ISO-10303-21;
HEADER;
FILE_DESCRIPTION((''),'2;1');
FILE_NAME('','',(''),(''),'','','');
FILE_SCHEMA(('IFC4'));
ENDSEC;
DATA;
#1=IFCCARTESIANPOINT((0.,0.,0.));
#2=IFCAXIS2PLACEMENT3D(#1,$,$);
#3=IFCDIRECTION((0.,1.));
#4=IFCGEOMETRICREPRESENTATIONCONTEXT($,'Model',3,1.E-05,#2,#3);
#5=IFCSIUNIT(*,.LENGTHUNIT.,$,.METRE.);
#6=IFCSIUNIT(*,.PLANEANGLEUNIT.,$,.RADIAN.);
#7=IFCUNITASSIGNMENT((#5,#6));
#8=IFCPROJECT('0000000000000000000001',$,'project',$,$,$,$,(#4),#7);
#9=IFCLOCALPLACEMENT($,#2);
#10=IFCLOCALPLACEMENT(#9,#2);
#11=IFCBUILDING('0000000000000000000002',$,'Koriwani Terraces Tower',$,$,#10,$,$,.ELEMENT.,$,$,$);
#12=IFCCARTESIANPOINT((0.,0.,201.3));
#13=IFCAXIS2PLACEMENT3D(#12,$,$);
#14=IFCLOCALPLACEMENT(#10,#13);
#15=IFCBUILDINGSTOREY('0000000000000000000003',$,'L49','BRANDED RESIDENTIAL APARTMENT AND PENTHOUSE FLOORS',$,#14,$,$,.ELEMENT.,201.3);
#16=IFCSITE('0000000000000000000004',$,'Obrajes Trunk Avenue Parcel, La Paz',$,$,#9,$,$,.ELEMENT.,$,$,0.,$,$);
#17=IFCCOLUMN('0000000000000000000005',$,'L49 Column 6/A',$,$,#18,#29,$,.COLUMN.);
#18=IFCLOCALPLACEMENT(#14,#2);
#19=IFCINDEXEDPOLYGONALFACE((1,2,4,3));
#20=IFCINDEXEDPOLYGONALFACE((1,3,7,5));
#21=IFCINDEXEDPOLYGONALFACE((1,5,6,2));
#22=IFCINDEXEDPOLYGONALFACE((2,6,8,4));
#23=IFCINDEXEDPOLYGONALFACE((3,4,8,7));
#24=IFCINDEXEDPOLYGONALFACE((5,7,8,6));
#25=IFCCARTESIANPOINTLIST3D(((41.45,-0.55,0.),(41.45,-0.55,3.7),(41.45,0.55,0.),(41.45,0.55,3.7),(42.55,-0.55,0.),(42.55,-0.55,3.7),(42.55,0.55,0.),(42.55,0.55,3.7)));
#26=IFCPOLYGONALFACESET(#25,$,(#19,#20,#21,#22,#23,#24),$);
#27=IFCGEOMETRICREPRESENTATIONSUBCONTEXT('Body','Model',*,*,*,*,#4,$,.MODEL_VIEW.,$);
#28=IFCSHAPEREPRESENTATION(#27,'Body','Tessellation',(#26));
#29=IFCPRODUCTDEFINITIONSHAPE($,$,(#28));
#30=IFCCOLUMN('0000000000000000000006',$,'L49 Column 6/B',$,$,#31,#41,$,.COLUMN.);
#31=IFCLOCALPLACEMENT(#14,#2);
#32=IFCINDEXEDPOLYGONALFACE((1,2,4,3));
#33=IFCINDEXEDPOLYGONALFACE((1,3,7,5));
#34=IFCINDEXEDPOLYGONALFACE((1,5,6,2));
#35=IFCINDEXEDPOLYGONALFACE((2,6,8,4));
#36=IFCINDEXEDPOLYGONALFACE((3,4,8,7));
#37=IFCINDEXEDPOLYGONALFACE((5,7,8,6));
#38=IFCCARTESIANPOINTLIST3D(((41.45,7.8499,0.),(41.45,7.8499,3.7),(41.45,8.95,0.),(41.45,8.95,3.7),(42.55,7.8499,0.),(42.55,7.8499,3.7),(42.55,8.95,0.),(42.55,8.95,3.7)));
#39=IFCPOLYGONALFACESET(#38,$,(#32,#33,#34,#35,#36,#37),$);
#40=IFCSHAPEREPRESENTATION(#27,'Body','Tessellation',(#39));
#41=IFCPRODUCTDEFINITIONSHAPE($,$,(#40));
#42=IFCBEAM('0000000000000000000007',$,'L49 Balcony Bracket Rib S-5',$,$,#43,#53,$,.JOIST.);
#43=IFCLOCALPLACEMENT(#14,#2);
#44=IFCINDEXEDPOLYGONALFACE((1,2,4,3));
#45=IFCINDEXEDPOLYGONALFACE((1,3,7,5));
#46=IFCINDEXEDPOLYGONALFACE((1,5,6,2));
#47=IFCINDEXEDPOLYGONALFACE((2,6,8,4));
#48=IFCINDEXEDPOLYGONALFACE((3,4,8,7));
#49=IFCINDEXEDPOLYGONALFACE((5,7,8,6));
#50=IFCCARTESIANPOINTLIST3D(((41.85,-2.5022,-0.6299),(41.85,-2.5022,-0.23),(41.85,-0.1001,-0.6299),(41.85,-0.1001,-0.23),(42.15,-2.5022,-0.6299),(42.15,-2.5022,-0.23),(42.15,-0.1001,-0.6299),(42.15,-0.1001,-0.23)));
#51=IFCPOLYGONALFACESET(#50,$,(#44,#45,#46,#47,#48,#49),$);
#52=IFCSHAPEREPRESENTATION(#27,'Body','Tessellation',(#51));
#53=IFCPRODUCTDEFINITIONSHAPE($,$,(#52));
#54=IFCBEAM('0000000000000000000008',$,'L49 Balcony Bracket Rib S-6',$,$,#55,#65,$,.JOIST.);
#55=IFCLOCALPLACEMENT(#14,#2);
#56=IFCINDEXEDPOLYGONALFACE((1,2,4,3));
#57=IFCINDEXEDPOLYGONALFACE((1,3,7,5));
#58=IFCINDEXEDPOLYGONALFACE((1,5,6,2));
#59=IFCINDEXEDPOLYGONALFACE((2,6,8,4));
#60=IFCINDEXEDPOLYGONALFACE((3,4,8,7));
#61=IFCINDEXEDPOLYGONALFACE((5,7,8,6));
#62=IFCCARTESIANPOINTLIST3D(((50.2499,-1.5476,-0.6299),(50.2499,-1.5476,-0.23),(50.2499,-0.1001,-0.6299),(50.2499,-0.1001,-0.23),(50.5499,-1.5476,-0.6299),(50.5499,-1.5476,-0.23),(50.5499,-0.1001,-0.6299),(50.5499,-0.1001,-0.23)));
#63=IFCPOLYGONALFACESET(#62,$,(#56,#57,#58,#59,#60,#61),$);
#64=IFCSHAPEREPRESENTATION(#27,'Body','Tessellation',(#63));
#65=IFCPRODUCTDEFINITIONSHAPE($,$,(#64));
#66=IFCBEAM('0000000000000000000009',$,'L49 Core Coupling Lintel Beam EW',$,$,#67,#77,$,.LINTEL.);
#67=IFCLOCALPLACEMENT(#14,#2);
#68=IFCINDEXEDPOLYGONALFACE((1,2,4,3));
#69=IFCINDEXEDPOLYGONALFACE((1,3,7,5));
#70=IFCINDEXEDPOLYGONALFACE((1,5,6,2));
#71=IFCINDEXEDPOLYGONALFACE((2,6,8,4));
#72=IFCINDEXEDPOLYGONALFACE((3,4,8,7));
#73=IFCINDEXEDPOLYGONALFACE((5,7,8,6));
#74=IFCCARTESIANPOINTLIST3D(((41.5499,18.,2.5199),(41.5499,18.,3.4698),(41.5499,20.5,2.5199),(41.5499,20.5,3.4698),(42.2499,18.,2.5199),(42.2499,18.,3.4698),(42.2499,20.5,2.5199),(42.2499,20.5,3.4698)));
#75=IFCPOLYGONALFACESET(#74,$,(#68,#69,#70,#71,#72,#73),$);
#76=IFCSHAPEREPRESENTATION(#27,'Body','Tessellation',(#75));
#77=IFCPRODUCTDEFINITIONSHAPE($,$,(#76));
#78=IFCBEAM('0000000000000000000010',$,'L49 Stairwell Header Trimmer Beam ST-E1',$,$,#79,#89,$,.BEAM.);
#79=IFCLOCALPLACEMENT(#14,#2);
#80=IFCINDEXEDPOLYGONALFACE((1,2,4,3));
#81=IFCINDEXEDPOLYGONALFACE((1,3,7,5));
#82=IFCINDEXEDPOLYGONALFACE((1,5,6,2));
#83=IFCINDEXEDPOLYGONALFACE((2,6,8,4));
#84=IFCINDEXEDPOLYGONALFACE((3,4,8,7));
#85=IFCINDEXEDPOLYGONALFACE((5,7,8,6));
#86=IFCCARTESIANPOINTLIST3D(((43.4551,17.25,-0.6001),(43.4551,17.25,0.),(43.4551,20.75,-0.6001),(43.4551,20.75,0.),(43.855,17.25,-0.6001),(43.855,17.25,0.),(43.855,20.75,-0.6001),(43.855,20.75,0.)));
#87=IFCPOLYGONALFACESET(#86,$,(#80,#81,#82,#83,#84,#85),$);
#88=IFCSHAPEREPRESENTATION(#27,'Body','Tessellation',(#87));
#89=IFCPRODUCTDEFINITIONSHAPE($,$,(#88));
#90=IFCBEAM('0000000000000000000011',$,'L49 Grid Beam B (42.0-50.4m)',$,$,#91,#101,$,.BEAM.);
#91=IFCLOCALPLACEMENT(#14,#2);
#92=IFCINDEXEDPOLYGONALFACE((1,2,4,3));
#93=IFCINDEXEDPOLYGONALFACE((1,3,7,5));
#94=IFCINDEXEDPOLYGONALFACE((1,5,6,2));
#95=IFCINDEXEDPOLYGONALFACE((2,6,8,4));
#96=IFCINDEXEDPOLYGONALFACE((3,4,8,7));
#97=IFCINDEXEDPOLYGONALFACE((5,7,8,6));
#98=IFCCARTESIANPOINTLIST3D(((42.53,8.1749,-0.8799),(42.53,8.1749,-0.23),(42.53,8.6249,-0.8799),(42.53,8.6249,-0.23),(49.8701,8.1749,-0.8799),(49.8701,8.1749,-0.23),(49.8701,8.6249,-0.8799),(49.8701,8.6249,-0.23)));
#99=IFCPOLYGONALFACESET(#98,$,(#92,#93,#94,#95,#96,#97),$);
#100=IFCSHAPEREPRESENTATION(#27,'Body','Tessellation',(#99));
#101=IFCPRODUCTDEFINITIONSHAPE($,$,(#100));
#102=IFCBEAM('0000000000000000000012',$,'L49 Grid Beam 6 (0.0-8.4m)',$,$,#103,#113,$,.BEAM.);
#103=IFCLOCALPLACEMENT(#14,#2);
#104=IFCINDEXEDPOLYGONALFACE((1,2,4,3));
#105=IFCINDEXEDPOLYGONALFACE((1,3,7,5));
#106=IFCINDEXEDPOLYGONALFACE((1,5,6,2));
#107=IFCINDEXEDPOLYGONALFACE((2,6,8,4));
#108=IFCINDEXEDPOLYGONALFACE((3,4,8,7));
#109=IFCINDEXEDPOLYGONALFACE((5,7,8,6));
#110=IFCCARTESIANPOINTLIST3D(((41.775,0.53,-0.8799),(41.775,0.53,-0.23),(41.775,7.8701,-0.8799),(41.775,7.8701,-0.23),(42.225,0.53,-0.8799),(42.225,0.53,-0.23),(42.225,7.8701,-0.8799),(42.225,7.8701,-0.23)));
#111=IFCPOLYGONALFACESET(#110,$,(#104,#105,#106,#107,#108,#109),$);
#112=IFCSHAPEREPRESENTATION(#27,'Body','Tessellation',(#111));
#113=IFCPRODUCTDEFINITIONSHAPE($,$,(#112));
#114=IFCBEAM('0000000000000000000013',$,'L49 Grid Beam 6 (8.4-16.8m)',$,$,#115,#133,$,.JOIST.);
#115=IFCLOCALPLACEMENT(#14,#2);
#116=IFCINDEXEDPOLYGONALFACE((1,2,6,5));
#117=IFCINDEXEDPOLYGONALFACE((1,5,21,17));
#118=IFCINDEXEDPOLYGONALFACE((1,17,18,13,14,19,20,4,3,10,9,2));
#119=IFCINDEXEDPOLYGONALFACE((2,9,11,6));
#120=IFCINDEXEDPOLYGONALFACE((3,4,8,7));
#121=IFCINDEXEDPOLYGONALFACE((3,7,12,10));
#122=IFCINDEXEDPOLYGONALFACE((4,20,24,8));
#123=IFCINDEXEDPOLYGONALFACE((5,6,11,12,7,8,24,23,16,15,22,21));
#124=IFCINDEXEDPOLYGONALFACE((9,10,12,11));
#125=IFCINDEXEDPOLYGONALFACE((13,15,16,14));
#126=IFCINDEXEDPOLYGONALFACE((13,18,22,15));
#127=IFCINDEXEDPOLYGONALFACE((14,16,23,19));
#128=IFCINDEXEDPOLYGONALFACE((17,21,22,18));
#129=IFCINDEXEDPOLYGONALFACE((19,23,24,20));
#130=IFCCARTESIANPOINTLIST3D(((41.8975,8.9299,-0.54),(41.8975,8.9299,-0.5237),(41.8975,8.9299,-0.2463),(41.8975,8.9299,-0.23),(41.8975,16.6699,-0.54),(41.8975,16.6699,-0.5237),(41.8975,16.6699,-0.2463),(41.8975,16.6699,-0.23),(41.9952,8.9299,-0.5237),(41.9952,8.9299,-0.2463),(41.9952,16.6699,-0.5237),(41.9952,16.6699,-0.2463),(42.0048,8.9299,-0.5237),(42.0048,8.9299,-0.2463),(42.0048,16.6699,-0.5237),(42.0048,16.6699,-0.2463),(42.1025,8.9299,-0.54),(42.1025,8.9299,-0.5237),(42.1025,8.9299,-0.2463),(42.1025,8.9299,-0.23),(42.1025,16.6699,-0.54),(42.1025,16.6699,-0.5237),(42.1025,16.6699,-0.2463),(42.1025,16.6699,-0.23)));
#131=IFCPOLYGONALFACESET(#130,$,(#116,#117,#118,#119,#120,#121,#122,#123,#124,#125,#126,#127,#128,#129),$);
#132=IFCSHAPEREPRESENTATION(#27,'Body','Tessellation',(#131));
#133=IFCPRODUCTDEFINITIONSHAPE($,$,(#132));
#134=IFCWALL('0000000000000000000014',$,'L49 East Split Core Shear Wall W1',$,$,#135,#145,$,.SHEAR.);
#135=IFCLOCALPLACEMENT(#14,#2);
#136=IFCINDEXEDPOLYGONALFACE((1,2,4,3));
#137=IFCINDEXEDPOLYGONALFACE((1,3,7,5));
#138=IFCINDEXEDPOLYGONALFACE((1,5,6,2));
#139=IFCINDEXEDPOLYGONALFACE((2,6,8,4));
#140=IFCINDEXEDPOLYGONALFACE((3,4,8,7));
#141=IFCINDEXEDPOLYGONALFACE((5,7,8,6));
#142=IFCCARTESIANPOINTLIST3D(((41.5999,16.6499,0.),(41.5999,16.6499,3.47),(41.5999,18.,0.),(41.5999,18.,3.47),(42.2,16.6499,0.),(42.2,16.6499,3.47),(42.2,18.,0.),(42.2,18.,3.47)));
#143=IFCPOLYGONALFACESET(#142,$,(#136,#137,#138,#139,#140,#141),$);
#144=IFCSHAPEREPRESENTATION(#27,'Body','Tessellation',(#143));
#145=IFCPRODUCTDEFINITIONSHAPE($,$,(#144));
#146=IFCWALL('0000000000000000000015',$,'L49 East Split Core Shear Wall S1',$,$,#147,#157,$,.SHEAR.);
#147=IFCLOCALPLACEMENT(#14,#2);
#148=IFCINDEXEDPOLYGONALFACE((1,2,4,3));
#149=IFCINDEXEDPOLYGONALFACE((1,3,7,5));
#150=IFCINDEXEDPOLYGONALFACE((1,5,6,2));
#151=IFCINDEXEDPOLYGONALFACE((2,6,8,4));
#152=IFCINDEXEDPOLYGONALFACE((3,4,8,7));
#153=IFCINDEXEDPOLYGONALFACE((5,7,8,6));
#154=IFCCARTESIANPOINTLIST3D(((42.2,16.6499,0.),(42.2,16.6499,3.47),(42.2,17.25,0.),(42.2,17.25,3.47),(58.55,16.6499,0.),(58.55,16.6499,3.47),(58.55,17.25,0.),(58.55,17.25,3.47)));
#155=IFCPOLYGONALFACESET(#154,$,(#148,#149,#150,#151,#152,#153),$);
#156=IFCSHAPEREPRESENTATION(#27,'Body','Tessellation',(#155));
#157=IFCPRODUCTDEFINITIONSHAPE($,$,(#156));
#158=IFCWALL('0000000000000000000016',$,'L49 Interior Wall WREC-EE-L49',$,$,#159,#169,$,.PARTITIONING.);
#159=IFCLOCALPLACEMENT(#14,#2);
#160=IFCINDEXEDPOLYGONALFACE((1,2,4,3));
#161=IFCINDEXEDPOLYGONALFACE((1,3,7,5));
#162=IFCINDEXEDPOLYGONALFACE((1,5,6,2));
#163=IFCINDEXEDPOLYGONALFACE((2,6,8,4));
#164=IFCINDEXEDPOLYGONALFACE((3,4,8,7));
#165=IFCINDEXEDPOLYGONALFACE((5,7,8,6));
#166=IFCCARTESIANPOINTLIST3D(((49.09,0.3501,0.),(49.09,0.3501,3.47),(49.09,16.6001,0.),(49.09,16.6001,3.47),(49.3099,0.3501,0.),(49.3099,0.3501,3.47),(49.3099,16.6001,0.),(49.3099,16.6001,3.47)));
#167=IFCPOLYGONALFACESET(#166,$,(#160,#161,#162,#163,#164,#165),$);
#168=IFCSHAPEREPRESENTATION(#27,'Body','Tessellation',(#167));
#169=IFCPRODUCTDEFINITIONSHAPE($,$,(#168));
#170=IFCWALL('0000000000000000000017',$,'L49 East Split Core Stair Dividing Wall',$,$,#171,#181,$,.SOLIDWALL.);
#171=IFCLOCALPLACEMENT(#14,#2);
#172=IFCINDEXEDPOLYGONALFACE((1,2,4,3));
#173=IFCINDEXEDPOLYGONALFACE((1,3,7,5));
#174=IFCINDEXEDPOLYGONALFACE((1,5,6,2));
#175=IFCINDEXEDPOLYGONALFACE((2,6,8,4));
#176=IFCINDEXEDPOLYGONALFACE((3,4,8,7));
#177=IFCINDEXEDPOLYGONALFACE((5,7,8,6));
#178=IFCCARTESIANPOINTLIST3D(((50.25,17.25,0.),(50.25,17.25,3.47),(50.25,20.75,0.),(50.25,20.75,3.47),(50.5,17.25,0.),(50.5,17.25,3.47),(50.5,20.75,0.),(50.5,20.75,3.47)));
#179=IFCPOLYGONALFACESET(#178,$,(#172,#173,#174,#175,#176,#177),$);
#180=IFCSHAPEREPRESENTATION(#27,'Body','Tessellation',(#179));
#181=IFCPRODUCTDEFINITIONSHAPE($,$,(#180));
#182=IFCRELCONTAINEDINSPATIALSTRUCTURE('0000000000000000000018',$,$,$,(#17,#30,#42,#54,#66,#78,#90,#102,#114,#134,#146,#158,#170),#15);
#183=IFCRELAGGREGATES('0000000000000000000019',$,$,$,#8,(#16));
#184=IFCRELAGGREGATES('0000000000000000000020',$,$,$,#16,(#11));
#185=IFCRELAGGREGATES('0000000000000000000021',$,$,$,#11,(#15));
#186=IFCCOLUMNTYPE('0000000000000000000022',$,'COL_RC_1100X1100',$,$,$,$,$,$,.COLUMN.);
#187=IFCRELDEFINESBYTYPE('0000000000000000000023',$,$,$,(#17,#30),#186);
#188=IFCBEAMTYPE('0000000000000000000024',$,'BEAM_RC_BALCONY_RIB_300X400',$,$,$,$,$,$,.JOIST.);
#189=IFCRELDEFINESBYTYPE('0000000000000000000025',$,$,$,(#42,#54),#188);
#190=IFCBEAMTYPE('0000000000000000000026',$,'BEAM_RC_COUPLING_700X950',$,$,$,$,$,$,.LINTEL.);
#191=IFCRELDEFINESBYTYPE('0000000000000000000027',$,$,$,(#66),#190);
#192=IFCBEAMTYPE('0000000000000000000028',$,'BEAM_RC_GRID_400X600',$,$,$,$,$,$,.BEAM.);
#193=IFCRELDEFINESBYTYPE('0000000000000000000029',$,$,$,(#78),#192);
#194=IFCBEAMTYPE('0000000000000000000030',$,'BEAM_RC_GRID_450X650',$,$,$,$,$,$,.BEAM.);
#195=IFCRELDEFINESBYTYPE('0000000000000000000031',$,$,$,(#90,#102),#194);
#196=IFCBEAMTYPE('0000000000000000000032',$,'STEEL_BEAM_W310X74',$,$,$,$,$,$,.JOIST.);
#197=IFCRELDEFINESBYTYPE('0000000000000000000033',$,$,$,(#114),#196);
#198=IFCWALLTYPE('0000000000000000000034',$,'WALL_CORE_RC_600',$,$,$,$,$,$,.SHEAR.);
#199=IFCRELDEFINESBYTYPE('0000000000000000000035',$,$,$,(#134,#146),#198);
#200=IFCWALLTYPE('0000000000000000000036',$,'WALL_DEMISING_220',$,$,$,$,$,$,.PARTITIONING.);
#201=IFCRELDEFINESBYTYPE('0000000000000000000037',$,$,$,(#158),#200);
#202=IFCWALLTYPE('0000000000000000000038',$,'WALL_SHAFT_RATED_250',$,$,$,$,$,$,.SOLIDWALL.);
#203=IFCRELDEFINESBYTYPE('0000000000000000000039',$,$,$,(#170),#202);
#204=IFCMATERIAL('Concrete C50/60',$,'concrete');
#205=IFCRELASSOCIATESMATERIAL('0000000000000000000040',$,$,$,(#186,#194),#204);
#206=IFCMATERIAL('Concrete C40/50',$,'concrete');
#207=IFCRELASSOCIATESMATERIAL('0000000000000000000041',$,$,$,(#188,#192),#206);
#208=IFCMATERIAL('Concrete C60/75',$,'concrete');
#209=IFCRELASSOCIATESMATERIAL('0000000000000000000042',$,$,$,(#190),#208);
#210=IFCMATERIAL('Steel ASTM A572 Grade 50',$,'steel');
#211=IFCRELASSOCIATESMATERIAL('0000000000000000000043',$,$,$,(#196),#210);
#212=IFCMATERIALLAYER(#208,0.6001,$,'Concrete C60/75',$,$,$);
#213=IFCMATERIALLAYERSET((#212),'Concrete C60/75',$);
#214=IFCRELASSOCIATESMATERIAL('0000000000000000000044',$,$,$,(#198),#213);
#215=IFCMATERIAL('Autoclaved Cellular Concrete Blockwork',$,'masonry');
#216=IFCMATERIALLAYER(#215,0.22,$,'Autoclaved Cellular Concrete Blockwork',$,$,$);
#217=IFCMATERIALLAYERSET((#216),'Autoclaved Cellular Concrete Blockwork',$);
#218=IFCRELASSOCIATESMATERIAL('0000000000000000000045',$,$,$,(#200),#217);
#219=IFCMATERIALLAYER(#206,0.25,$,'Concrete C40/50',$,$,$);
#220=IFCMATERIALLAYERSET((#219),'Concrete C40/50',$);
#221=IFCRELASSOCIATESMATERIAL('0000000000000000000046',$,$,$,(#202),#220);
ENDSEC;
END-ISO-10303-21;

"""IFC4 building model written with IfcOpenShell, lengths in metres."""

from ifc_helpers import new_model, si_unit, direction, frame, frame_2d, origin, origin_2d, place, context, subcontext, project, spatial, rectangle, i_section, extrude, material, layer, layer_set, material_profile, profile_set, type_object, element, save


model = new_model("IFC4")

# Units and contexts
model_context = context("Model", 3, precision=1e-05, world=origin(), true_north=direction((0.0, 1.0)))
body_context = subcontext(model_context, "Body", "Model", "MODEL_VIEW")
ifc_project = project(units=[si_unit("LENGTHUNIT", "METRE"), si_unit("PLANEANGLEUNIT", "RADIAN")], contexts=[model_context])

# Site, building, storey
site_placement = place(None, origin())
site = spatial("IfcSite", under=ifc_project, at=site_placement, Name="Obrajes Trunk Avenue Parcel, La Paz", CompositionType="ELEMENT", RefElevation=0.0)
building_placement = place(site_placement, origin())
building = spatial("IfcBuilding", under=site, at=building_placement, Name="Koriwani Terraces Tower", CompositionType="ELEMENT")
storey_placement = place(building_placement, frame((0.0, 0.0, 201.3)))
storey = spatial("IfcBuildingStorey", under=building, at=storey_placement, Name="L49", Description="BRANDED RESIDENTIAL APARTMENT AND PENTHOUSE FLOORS", CompositionType="ELEMENT", Elevation=201.3)

# Columns
ifc_material_1 = material(Name="Concrete C50/60", Category="concrete")
ifc_material_profile_1 = material_profile(ifc_material_1, rectangle(XDim=1.1001, YDim=1.1001, at=origin_2d()), Name="Concrete C50/60", Category="LoadBearing")
ifc_profile_set_1 = profile_set([ifc_material_profile_1], Name="Concrete C50/60")
column_type = type_object("IfcColumnType", Name="COL_RC_1100X1100", PredefinedType="COLUMN", material=ifc_profile_set_1)
for number, where, z_axis, x_axis, name in (
    (1, (42.0, 0.0, 0.0), (0.0, 0.0, 1.0), (1.0, 0.0, 0.0), "L49 Column 6/A"),
    (2, (42.0, 8.3999, 0.0), (0.0, 0.0, 1.0), (1.0, 0.0, 0.0), "L49 Column 6/B"),
):
    element("IfcColumn", number, at=place(storey_placement, frame(where, z_axis=z_axis, x_axis=x_axis)), inside=storey, type_object=column_type, Name=name, PredefinedType="COLUMN", context=body_context, shape_type="SweptSolid", body=[
        extrude(rectangle(XDim=1.1001, YDim=1.1001, at=origin_2d()), origin(), (0.0, 0.0, 1.0), 3.7),
    ])

# Beams
ifc_material_2 = material(Name="Concrete C40/50", Category="concrete")
ifc_material_profile_2 = material_profile(ifc_material_2, rectangle(XDim=0.3, YDim=0.3999, at=origin_2d()), Name="Concrete C40/50", Category="LoadBearing")
ifc_profile_set_2 = profile_set([ifc_material_profile_2], Name="Concrete C40/50")
beam_type_1 = type_object("IfcBeamType", Name="BEAM_RC_BALCONY_RIB_300X400", PredefinedType="JOIST", material=ifc_profile_set_2)
beam_1_placement = place(storey_placement, frame((42.0, -2.5022, -0.4299), z_axis=(0.0, 1.0, 0.0), x_axis=(-1.0, 0.0, 0.0)))
element("IfcBeam", 3, at=beam_1_placement, inside=storey, type_object=beam_type_1, Name="L49 Balcony Bracket Rib S-5", PredefinedType="JOIST", context=body_context, shape_type="SweptSolid", body=[
    extrude(rectangle(XDim=0.3, YDim=0.3999, at=origin_2d()), origin(), (0.0, 0.0, 1.0), 2.4021),
])
beam_2_placement = place(storey_placement, frame((50.3999, -1.5476, -0.4299), z_axis=(0.0, 1.0, 0.0), x_axis=(-1.0, 0.0, 0.0)))
element("IfcBeam", 4, at=beam_2_placement, inside=storey, type_object=beam_type_1, Name="L49 Balcony Bracket Rib S-6", PredefinedType="JOIST", context=body_context, shape_type="SweptSolid", body=[
    extrude(rectangle(XDim=0.3, YDim=0.3999, at=origin_2d()), origin(), (0.0, 0.0, 1.0), 1.4475),
])
ifc_material_3 = material(Name="Concrete C60/75", Category="concrete")
ifc_material_profile_3 = material_profile(ifc_material_3, rectangle(XDim=0.7, YDim=0.95, at=origin_2d()), Name="Concrete C60/75", Category="LoadBearing")
ifc_profile_set_3 = profile_set([ifc_material_profile_3], Name="Concrete C60/75")
beam_type_2 = type_object("IfcBeamType", Name="BEAM_RC_COUPLING_700X950", PredefinedType="LINTEL", material=ifc_profile_set_3)
beam_3_placement = place(storey_placement, frame((41.8999, 18.0, 2.9949), z_axis=(0.0, 1.0, 0.0), x_axis=(-1.0, 0.0, 0.0)))
element("IfcBeam", 5, at=beam_3_placement, inside=storey, type_object=beam_type_2, Name="L49 Core Coupling Lintel Beam EW", PredefinedType="LINTEL", context=body_context, shape_type="SweptSolid", body=[
    extrude(rectangle(XDim=0.7, YDim=0.95, at=origin_2d()), origin(), (0.0, 0.0, 1.0), 2.5),
])
ifc_material_profile_4 = material_profile(ifc_material_2, rectangle(XDim=0.3999, YDim=0.6001, at=origin_2d()), Name="Concrete C40/50", Category="LoadBearing")
ifc_profile_set_4 = profile_set([ifc_material_profile_4], Name="Concrete C40/50")
beam_type_3 = type_object("IfcBeamType", Name="BEAM_RC_GRID_400X600", PredefinedType="BEAM", material=ifc_profile_set_4)
beam_4_placement = place(storey_placement, frame((43.655, 17.25, -0.3), z_axis=(0.0, 1.0, 0.0), x_axis=(-1.0, 0.0, 0.0)))
element("IfcBeam", 6, at=beam_4_placement, inside=storey, type_object=beam_type_3, Name="L49 Stairwell Header Trimmer Beam ST-E1", PredefinedType="BEAM", context=body_context, shape_type="SweptSolid", body=[
    extrude(rectangle(XDim=0.3999, YDim=0.6001, at=origin_2d()), origin(), (0.0, 0.0, 1.0), 3.5),
])
ifc_material_profile_5 = material_profile(ifc_material_1, rectangle(XDim=0.45, YDim=0.6499, at=origin_2d()), Name="Concrete C50/60", Category="LoadBearing")
ifc_profile_set_5 = profile_set([ifc_material_profile_5], Name="Concrete C50/60")
beam_type_4 = type_object("IfcBeamType", Name="BEAM_RC_GRID_450X650", PredefinedType="BEAM", material=ifc_profile_set_5)
for number, where, z_axis, x_axis, name in (
    (7, (42.53, 8.3999, -0.5549), (1.0, 0.0, 0.0), (0.0, 1.0, 0.0), "L49 Grid Beam B (42.0-50.4m)"),
    (8, (42.0, 0.53, -0.5549), (0.0, 1.0, 0.0), (-1.0, 0.0, 0.0), "L49 Grid Beam 6 (0.0-8.4m)"),
):
    element("IfcBeam", number, at=place(storey_placement, frame(where, z_axis=z_axis, x_axis=x_axis)), inside=storey, type_object=beam_type_4, Name=name, PredefinedType="BEAM", context=body_context, shape_type="SweptSolid", body=[
        extrude(rectangle(XDim=0.45, YDim=0.6499, at=origin_2d()), origin(), (0.0, 0.0, 1.0), 7.3401),
    ])
ifc_material_4 = material(Name="Steel ASTM A572 Grade 50", Category="steel")
ifc_material_profile_6 = material_profile(ifc_material_4, i_section(OverallWidth=0.2051, OverallDepth=0.3101, WebThickness=0.0095, FlangeThickness=0.0164, at=origin_2d()), Name="Steel ASTM A572 Grade 50", Category="LoadBearing")
ifc_profile_set_6 = profile_set([ifc_material_profile_6], Name="Steel ASTM A572 Grade 50")
beam_type_5 = type_object("IfcBeamType", Name="STEEL_BEAM_W310X74", PredefinedType="JOIST", material=ifc_profile_set_6)
beam_5_placement = place(storey_placement, frame((42.0, 8.9299, -0.385), z_axis=(0.0, 1.0, 0.0), x_axis=(-1.0, 0.0, 0.0)))
element("IfcBeam", 9, at=beam_5_placement, inside=storey, type_object=beam_type_5, Name="L49 Grid Beam 6 (8.4-16.8m)", PredefinedType="JOIST", context=body_context, shape_type="SweptSolid", body=[
    extrude(i_section(OverallWidth=0.2051, OverallDepth=0.3101, WebThickness=0.0095, FlangeThickness=0.0164, at=origin_2d()), origin(), (0.0, 0.0, 1.0), 7.74),
])

# Walls
ifc_layer_1 = layer(ifc_material_3, 0.6001, Name="Concrete C60/75")
ifc_layer_set_1 = layer_set([ifc_layer_1], Name="Concrete C60/75")
wall_type_1 = type_object("IfcWallType", Name="WALL_CORE_RC_600", PredefinedType="SHEAR", material=ifc_layer_set_1)
wall_1_placement = place(storey_placement, frame((41.8999, 16.6499, 0.0), z_axis=(0.0, 0.0, 1.0), x_axis=(0.0, 1.0, 0.0)))
element("IfcWall", 10, at=wall_1_placement, inside=storey, type_object=wall_type_1, Name="L49 East Split Core Shear Wall W1", PredefinedType="SHEAR", context=body_context, shape_type="SweptSolid", body=[
    extrude(rectangle(XDim=1.3501, YDim=0.6001, at=frame_2d((0.675, 0.0))), origin(), (0.0, 0.0, 1.0), 3.47),
])
wall_2_placement = place(storey_placement, frame((42.2, 16.95, 0.0), z_axis=(0.0, 0.0, 1.0), x_axis=(1.0, 0.0, 0.0)))
element("IfcWall", 11, at=wall_2_placement, inside=storey, type_object=wall_type_1, Name="L49 East Split Core Shear Wall S1", PredefinedType="SHEAR", context=body_context, shape_type="SweptSolid", body=[
    extrude(rectangle(XDim=16.3501, YDim=0.6001, at=frame_2d((8.175, 0.0))), origin(), (0.0, 0.0, 1.0), 3.47),
])
ifc_material_5 = material(Name="Autoclaved Cellular Concrete Blockwork", Category="masonry")
ifc_layer_2 = layer(ifc_material_5, 0.22, Name="Autoclaved Cellular Concrete Blockwork")
ifc_layer_set_2 = layer_set([ifc_layer_2], Name="Autoclaved Cellular Concrete Blockwork")
wall_type_2 = type_object("IfcWallType", Name="WALL_DEMISING_220", PredefinedType="PARTITIONING", material=ifc_layer_set_2)
wall_3_placement = place(storey_placement, frame((49.2, 0.3501, 0.0), z_axis=(0.0, 0.0, 1.0), x_axis=(0.0, 1.0, 0.0)))
element("IfcWall", 12, at=wall_3_placement, inside=storey, type_object=wall_type_2, Name="L49 Interior Wall WREC-EE-L49", PredefinedType="PARTITIONING", context=body_context, shape_type="SweptSolid", body=[
    extrude(rectangle(XDim=16.25, YDim=0.22, at=frame_2d((8.125, 0.0))), origin(), (0.0, 0.0, 1.0), 3.47),
])
ifc_layer_3 = layer(ifc_material_2, 0.25, Name="Concrete C40/50")
ifc_layer_set_3 = layer_set([ifc_layer_3], Name="Concrete C40/50")
wall_type_3 = type_object("IfcWallType", Name="WALL_SHAFT_RATED_250", PredefinedType="SOLIDWALL", material=ifc_layer_set_3)
wall_4_placement = place(storey_placement, frame((50.375, 17.25, 0.0), z_axis=(0.0, 0.0, 1.0), x_axis=(0.0, 1.0, 0.0)))
element("IfcWall", 13, at=wall_4_placement, inside=storey, type_object=wall_type_3, Name="L49 East Split Core Stair Dividing Wall", PredefinedType="SOLIDWALL", context=body_context, shape_type="SweptSolid", body=[
    extrude(rectangle(XDim=3.5, YDim=0.25, at=frame_2d((1.75, 0.0))), origin(), (0.0, 0.0, 1.0), 3.47),
])

save(model, "model.ifc")
